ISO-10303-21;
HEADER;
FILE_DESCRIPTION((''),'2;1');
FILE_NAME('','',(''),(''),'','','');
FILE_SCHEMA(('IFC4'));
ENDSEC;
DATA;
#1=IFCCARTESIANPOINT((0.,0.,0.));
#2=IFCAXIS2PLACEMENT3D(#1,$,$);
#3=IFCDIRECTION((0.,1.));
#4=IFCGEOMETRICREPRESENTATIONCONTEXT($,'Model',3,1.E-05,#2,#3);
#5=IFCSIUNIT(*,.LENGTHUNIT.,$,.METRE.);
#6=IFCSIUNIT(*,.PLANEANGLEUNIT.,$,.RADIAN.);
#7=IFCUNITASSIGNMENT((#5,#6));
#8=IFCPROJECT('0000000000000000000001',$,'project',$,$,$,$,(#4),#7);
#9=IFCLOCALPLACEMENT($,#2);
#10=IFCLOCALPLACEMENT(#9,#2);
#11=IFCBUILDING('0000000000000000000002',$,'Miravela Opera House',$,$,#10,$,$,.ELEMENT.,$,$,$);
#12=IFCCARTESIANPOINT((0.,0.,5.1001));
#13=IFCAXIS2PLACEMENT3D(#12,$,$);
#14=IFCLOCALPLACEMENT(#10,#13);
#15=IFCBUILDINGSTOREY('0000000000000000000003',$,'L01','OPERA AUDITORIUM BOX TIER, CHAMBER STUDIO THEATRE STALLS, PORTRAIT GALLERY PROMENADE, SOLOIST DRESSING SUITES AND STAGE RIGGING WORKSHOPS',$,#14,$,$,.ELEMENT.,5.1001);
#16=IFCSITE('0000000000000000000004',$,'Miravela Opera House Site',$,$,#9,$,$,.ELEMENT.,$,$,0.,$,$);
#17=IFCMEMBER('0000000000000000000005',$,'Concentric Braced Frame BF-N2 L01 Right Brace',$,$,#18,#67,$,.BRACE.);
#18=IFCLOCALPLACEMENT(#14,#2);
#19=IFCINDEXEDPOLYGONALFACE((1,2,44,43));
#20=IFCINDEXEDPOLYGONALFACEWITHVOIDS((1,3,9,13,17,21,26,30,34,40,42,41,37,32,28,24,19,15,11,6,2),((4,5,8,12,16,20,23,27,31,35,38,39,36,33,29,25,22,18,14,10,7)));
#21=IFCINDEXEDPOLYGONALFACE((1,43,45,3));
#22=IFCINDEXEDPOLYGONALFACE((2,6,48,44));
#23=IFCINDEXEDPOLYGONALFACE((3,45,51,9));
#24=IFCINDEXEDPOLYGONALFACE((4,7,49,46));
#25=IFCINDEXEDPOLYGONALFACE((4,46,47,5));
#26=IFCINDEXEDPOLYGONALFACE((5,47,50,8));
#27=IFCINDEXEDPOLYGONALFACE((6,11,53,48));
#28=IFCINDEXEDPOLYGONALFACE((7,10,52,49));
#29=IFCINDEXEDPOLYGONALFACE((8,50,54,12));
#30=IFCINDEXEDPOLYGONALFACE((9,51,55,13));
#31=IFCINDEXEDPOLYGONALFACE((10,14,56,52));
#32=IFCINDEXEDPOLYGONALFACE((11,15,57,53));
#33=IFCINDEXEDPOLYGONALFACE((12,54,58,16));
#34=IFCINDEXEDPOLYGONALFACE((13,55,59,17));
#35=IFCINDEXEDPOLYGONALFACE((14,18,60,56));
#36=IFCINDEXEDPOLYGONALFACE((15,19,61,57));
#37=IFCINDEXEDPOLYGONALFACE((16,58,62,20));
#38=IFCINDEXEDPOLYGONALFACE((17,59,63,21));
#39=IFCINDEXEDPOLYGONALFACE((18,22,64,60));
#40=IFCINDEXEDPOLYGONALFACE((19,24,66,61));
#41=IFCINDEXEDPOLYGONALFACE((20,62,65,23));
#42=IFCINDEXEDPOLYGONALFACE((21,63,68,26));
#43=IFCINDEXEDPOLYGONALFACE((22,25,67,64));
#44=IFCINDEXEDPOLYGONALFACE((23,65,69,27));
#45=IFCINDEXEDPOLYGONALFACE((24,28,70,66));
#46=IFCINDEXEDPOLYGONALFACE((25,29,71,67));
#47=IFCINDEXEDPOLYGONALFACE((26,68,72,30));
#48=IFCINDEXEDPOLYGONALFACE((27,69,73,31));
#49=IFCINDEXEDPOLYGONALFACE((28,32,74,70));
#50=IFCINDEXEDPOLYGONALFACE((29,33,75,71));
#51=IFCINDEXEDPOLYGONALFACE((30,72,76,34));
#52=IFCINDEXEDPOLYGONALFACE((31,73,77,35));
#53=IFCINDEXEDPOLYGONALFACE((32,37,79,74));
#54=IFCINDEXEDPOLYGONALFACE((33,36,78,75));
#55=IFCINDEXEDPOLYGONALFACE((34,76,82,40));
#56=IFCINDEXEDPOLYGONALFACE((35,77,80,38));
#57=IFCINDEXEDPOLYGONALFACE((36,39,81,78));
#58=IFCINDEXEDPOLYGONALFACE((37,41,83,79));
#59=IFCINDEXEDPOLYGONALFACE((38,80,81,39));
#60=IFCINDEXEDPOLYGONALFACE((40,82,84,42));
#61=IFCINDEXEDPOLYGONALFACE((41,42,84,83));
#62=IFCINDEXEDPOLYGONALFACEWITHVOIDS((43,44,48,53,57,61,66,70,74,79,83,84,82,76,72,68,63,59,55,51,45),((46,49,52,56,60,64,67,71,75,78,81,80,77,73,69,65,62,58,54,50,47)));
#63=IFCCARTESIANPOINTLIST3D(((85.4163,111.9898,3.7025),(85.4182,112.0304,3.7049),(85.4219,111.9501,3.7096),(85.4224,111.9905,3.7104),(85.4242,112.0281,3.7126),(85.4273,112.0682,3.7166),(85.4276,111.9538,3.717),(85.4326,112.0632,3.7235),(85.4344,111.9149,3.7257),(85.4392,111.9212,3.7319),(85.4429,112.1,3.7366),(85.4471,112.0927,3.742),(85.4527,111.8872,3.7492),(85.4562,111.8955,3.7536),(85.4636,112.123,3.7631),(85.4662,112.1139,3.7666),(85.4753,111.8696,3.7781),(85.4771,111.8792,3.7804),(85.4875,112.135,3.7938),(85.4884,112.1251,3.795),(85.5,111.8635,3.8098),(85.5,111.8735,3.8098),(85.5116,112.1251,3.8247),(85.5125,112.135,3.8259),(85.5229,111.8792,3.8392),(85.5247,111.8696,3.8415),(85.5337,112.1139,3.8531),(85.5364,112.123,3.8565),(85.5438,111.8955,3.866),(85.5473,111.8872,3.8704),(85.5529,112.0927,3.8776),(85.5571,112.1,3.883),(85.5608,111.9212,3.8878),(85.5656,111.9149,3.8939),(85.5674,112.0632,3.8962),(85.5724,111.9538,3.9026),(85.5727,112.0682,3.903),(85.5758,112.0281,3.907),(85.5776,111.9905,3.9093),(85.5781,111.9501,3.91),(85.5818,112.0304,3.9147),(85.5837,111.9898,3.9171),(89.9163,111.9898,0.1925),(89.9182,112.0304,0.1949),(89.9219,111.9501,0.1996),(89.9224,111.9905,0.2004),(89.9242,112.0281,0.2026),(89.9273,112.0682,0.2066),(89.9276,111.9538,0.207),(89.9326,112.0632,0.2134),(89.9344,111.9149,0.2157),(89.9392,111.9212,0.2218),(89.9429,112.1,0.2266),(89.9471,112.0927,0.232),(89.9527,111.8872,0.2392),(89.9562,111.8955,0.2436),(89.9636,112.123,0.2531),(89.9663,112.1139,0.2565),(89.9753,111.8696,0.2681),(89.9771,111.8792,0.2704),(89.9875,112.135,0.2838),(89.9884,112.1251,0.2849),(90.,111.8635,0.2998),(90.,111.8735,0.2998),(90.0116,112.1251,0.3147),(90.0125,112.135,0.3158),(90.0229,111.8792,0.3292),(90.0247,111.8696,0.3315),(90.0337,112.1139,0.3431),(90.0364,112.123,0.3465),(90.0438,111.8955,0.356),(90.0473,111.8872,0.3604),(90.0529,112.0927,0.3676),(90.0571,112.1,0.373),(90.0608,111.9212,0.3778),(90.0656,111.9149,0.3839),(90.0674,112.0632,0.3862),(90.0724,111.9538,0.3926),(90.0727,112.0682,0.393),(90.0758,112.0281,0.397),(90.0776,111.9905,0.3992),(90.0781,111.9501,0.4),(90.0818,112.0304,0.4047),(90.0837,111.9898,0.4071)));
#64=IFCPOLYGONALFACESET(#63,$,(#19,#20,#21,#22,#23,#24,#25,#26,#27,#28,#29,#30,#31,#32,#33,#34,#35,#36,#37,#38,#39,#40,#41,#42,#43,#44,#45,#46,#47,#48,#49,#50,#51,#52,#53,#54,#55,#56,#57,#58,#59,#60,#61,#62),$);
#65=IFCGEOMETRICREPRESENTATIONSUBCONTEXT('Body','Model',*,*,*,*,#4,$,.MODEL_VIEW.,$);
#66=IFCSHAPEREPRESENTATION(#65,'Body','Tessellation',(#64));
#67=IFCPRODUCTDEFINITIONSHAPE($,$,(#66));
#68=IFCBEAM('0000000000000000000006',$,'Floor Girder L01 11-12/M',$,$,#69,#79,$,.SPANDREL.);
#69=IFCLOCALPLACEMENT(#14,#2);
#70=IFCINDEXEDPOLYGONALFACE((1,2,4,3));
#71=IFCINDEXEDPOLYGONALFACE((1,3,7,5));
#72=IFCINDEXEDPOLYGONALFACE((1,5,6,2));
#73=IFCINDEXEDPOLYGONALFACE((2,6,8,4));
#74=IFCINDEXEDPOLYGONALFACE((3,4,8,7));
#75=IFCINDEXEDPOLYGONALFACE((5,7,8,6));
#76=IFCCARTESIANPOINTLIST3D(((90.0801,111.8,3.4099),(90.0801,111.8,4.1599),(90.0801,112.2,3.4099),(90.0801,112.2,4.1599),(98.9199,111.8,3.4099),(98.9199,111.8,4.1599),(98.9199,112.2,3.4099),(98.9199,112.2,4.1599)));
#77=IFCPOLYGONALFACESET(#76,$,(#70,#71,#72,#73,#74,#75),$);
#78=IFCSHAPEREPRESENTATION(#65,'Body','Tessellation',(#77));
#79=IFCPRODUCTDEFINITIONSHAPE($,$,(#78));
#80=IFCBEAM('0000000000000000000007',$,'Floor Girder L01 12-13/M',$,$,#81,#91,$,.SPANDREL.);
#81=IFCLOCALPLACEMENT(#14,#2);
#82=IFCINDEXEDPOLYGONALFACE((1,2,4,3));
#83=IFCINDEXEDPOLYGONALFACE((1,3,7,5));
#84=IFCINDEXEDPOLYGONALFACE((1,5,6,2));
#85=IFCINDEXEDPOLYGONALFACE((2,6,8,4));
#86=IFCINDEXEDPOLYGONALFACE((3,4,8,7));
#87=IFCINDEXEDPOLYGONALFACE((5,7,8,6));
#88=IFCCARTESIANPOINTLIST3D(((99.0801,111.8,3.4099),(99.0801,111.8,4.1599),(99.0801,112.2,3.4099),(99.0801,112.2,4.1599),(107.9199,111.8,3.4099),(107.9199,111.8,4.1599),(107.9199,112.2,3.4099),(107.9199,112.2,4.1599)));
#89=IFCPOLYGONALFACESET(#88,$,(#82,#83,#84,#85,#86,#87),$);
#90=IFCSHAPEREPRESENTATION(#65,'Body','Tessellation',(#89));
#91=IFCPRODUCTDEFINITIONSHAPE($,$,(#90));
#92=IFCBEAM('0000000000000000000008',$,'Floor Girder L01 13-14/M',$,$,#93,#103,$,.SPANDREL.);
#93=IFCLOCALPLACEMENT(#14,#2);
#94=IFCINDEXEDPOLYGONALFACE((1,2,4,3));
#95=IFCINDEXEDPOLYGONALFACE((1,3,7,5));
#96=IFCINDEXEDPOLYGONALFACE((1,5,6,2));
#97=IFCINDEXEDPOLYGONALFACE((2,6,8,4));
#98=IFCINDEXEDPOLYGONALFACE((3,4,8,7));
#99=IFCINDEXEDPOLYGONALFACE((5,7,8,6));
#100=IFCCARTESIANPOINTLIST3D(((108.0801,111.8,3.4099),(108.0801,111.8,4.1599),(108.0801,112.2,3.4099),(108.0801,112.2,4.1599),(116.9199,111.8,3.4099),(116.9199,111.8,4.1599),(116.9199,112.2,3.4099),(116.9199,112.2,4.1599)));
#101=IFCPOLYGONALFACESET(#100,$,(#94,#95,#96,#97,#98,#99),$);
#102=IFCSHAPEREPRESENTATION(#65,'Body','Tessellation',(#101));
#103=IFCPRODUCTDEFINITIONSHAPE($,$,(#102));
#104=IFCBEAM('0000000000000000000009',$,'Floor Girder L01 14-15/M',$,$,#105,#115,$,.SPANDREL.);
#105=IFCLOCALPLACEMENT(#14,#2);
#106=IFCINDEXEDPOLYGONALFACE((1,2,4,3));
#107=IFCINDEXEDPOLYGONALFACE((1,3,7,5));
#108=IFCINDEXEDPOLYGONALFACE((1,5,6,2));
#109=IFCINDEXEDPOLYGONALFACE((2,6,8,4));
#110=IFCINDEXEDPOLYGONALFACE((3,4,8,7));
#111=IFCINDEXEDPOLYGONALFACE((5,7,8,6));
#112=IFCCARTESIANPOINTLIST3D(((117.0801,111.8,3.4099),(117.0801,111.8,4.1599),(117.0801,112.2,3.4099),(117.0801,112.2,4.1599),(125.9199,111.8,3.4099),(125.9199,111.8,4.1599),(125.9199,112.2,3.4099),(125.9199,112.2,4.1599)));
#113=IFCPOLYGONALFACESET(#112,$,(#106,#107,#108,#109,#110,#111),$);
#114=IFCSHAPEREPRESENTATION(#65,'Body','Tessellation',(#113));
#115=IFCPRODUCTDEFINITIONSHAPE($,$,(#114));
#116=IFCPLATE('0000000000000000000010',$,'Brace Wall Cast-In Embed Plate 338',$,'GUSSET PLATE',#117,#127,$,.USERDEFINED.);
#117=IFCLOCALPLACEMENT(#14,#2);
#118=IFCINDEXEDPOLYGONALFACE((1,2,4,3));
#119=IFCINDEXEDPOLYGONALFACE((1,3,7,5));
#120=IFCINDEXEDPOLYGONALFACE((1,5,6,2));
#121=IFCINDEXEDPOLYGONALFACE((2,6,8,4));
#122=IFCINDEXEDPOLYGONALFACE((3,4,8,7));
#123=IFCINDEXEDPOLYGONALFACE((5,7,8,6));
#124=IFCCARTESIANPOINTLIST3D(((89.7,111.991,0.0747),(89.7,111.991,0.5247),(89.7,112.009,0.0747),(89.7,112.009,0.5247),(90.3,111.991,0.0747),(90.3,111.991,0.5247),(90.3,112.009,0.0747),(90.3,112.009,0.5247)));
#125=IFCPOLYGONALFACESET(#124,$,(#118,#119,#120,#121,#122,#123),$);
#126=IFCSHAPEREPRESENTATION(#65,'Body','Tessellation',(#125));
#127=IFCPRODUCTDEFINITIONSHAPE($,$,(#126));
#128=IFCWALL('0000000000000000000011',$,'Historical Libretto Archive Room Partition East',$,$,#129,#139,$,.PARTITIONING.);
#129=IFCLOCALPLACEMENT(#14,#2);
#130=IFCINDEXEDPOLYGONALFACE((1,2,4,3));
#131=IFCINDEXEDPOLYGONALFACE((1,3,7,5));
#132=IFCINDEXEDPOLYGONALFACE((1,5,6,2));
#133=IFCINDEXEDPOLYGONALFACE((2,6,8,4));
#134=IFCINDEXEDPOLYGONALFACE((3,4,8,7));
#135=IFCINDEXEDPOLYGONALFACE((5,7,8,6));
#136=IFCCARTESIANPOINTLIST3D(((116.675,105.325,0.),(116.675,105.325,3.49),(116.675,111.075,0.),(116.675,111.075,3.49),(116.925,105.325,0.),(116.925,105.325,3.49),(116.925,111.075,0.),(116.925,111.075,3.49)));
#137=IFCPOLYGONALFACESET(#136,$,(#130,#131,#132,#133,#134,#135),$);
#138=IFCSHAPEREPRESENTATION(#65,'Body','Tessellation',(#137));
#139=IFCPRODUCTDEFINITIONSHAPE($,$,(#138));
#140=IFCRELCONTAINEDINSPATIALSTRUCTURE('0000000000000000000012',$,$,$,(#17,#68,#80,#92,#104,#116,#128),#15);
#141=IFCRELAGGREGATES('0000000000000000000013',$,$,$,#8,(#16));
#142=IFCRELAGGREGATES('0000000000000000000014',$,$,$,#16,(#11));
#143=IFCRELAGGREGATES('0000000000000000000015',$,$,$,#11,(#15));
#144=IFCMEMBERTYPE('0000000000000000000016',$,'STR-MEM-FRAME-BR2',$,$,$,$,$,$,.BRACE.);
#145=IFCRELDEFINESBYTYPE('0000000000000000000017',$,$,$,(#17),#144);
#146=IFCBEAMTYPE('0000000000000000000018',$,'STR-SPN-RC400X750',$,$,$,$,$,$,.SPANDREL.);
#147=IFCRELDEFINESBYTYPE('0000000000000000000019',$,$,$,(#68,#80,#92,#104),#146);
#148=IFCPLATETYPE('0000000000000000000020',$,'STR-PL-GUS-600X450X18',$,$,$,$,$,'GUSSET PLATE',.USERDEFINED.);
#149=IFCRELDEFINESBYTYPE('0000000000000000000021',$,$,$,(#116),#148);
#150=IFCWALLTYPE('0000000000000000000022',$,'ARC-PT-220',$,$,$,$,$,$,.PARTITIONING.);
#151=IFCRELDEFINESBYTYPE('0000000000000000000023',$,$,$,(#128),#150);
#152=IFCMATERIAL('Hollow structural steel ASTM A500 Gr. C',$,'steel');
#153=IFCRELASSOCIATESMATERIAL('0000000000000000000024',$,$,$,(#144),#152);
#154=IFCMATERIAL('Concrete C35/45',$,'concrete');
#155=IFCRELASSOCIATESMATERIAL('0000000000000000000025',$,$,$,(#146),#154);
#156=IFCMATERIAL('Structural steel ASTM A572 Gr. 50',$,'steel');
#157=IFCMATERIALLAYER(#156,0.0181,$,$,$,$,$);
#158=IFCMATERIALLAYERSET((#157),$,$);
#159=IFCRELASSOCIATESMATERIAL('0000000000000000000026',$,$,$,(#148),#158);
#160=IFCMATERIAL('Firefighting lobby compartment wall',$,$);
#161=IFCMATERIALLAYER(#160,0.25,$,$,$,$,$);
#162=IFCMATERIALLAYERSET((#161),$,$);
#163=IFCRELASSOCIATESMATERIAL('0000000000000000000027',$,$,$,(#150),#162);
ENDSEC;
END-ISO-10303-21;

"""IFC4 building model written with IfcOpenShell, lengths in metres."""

from ifc_helpers import new_model, si_unit, direction, frame, frame_2d, origin, origin_2d, place, context, subcontext, project, spatial, rectangle, hollow_circle, extrude, material, layer, layer_set, material_profile, profile_set, type_object, element, save


model = new_model("IFC4")

# Units and contexts
model_context = context("Model", 3, precision=1e-05, world=origin(), true_north=direction((0.0, 1.0)))
body_context = subcontext(model_context, "Body", "Model", "MODEL_VIEW")
ifc_project = project(units=[si_unit("LENGTHUNIT", "METRE"), si_unit("PLANEANGLEUNIT", "RADIAN")], contexts=[model_context])

# Site, building, storey
site_placement = place(None, origin())
site = spatial("IfcSite", under=ifc_project, at=site_placement, Name="Miravela Opera House Site", CompositionType="ELEMENT", RefElevation=0.0)
building_placement = place(site_placement, origin())
building = spatial("IfcBuilding", under=site, at=building_placement, Name="Miravela Opera House", CompositionType="ELEMENT")
storey_placement = place(building_placement, frame((0.0, 0.0, 5.1001)))
storey = spatial("IfcBuildingStorey", under=building, at=storey_placement, Name="L01", Description="OPERA AUDITORIUM BOX TIER, CHAMBER STUDIO THEATRE STALLS, PORTRAIT GALLERY PROMENADE, SOLOIST DRESSING SUITES AND STAGE RIGGING WORKSHOPS", CompositionType="ELEMENT", Elevation=5.1001)

# Shared definitions
ifc_material_1 = material(Name="Concrete C35/45", Category="concrete")

# Member
ifc_material_2 = material(Name="Hollow structural steel ASTM A500 Gr. C", Category="steel")
ifc_material_profile_1 = material_profile(ifc_material_2, hollow_circle(Radius=0.1365, WallThickness=0.01, at=origin_2d()), Name="CHS273X10")
ifc_profile_set_1 = profile_set([ifc_material_profile_1])
member_type_1 = type_object("IfcMemberType", Name="STR-MEM-FRAME-BR2", PredefinedType="BRACE", material=ifc_profile_set_1)
member_1_placement = place(storey_placement, frame((90.0, 112.0, 0.2998), z_axis=(-0.788501, 0.0, 0.615033), x_axis=(0.0, -1.0, 0.0)))
element("IfcMember", 1, at=member_1_placement, inside=storey, type_object=member_type_1, Name="Concentric Braced Frame BF-N2 L01 Right Brace", PredefinedType="BRACE", context=body_context, shape_type="SweptSolid", body=[
    extrude(hollow_circle(Radius=0.1365, WallThickness=0.01, at=origin_2d()), origin(), (0.0, 0.0, 1.0), 5.707),
])

# Beams
ifc_material_profile_2 = material_profile(ifc_material_1, rectangle(XDim=0.3999, YDim=0.75, at=origin_2d()), Name="RC-SPN-400X750")
ifc_profile_set_2 = profile_set([ifc_material_profile_2])
beam_type_1 = type_object("IfcBeamType", Name="STR-SPN-RC400X750", PredefinedType="SPANDREL", material=ifc_profile_set_2)
for number, where, z_axis, x_axis, name in (
    (2, (90.0801, 112.0, 3.7849), (1.0, 0.0, 0.0), (0.0, 1.0, 0.0), "Floor Girder L01 11-12/M"),
    (3, (99.0801, 112.0, 3.7849), (1.0, 0.0, 0.0), (0.0, 1.0, 0.0), "Floor Girder L01 12-13/M"),
    (4, (108.0801, 112.0, 3.7849), (1.0, 0.0, 0.0), (0.0, 1.0, 0.0), "Floor Girder L01 13-14/M"),
    (5, (117.0801, 112.0, 3.7849), (1.0, 0.0, 0.0), (0.0, 1.0, 0.0), "Floor Girder L01 14-15/M"),
):
    element("IfcBeam", number, at=place(storey_placement, frame(where, z_axis=z_axis, x_axis=x_axis)), inside=storey, type_object=beam_type_1, Name=name, PredefinedType="SPANDREL", context=body_context, shape_type="SweptSolid", body=[
        extrude(rectangle(XDim=0.3999, YDim=0.75, at=origin_2d()), origin(), (0.0, 0.0, 1.0), 8.8398),
    ])

# Plate
ifc_material_3 = material(Name="Structural steel ASTM A572 Gr. 50", Category="steel")
ifc_layer_1 = layer(ifc_material_3, 0.0181)
ifc_layer_set_1 = layer_set([ifc_layer_1])
plate_type = type_object("IfcPlateType", Name="STR-PL-GUS-600X450X18", ElementType="GUSSET PLATE", PredefinedType="USERDEFINED", material=ifc_layer_set_1)
plate_placement = place(storey_placement, frame((90.0, 112.0, 0.0747), z_axis=(0.0, 0.0, 1.0), x_axis=(1.0, 0.0, 0.0)))
element("IfcPlate", 6, at=plate_placement, inside=storey, type_object=plate_type, Name="Brace Wall Cast-In Embed Plate 338", ObjectType="GUSSET PLATE", PredefinedType="USERDEFINED", context=body_context, shape_type="SweptSolid", body=[
    extrude(rectangle(XDim=0.6001, YDim=0.0181, at=origin_2d()), origin(), (0.0, 0.0, 1.0), 0.45),
])

# Wall
ifc_material_4 = material(Name="Firefighting lobby compartment wall")
ifc_layer_2 = layer(ifc_material_4, 0.25)
ifc_layer_set_2 = layer_set([ifc_layer_2])
wall_type = type_object("IfcWallType", Name="ARC-PT-220", PredefinedType="PARTITIONING", material=ifc_layer_set_2)
wall_placement = place(storey_placement, frame((116.8, 105.325, 0.0), z_axis=(0.0, 0.0, 1.0), x_axis=(0.0, 1.0, 0.0)))
element("IfcWall", 7, at=wall_placement, inside=storey, type_object=wall_type, Name="Historical Libretto Archive Room Partition East", PredefinedType="PARTITIONING", context=body_context, shape_type="SweptSolid", body=[
    extrude(rectangle(XDim=5.75, YDim=0.25, at=frame_2d((2.875, 0.0))), origin(), (0.0, 0.0, 1.0), 3.49),
])

save(model, "model.ifc")
